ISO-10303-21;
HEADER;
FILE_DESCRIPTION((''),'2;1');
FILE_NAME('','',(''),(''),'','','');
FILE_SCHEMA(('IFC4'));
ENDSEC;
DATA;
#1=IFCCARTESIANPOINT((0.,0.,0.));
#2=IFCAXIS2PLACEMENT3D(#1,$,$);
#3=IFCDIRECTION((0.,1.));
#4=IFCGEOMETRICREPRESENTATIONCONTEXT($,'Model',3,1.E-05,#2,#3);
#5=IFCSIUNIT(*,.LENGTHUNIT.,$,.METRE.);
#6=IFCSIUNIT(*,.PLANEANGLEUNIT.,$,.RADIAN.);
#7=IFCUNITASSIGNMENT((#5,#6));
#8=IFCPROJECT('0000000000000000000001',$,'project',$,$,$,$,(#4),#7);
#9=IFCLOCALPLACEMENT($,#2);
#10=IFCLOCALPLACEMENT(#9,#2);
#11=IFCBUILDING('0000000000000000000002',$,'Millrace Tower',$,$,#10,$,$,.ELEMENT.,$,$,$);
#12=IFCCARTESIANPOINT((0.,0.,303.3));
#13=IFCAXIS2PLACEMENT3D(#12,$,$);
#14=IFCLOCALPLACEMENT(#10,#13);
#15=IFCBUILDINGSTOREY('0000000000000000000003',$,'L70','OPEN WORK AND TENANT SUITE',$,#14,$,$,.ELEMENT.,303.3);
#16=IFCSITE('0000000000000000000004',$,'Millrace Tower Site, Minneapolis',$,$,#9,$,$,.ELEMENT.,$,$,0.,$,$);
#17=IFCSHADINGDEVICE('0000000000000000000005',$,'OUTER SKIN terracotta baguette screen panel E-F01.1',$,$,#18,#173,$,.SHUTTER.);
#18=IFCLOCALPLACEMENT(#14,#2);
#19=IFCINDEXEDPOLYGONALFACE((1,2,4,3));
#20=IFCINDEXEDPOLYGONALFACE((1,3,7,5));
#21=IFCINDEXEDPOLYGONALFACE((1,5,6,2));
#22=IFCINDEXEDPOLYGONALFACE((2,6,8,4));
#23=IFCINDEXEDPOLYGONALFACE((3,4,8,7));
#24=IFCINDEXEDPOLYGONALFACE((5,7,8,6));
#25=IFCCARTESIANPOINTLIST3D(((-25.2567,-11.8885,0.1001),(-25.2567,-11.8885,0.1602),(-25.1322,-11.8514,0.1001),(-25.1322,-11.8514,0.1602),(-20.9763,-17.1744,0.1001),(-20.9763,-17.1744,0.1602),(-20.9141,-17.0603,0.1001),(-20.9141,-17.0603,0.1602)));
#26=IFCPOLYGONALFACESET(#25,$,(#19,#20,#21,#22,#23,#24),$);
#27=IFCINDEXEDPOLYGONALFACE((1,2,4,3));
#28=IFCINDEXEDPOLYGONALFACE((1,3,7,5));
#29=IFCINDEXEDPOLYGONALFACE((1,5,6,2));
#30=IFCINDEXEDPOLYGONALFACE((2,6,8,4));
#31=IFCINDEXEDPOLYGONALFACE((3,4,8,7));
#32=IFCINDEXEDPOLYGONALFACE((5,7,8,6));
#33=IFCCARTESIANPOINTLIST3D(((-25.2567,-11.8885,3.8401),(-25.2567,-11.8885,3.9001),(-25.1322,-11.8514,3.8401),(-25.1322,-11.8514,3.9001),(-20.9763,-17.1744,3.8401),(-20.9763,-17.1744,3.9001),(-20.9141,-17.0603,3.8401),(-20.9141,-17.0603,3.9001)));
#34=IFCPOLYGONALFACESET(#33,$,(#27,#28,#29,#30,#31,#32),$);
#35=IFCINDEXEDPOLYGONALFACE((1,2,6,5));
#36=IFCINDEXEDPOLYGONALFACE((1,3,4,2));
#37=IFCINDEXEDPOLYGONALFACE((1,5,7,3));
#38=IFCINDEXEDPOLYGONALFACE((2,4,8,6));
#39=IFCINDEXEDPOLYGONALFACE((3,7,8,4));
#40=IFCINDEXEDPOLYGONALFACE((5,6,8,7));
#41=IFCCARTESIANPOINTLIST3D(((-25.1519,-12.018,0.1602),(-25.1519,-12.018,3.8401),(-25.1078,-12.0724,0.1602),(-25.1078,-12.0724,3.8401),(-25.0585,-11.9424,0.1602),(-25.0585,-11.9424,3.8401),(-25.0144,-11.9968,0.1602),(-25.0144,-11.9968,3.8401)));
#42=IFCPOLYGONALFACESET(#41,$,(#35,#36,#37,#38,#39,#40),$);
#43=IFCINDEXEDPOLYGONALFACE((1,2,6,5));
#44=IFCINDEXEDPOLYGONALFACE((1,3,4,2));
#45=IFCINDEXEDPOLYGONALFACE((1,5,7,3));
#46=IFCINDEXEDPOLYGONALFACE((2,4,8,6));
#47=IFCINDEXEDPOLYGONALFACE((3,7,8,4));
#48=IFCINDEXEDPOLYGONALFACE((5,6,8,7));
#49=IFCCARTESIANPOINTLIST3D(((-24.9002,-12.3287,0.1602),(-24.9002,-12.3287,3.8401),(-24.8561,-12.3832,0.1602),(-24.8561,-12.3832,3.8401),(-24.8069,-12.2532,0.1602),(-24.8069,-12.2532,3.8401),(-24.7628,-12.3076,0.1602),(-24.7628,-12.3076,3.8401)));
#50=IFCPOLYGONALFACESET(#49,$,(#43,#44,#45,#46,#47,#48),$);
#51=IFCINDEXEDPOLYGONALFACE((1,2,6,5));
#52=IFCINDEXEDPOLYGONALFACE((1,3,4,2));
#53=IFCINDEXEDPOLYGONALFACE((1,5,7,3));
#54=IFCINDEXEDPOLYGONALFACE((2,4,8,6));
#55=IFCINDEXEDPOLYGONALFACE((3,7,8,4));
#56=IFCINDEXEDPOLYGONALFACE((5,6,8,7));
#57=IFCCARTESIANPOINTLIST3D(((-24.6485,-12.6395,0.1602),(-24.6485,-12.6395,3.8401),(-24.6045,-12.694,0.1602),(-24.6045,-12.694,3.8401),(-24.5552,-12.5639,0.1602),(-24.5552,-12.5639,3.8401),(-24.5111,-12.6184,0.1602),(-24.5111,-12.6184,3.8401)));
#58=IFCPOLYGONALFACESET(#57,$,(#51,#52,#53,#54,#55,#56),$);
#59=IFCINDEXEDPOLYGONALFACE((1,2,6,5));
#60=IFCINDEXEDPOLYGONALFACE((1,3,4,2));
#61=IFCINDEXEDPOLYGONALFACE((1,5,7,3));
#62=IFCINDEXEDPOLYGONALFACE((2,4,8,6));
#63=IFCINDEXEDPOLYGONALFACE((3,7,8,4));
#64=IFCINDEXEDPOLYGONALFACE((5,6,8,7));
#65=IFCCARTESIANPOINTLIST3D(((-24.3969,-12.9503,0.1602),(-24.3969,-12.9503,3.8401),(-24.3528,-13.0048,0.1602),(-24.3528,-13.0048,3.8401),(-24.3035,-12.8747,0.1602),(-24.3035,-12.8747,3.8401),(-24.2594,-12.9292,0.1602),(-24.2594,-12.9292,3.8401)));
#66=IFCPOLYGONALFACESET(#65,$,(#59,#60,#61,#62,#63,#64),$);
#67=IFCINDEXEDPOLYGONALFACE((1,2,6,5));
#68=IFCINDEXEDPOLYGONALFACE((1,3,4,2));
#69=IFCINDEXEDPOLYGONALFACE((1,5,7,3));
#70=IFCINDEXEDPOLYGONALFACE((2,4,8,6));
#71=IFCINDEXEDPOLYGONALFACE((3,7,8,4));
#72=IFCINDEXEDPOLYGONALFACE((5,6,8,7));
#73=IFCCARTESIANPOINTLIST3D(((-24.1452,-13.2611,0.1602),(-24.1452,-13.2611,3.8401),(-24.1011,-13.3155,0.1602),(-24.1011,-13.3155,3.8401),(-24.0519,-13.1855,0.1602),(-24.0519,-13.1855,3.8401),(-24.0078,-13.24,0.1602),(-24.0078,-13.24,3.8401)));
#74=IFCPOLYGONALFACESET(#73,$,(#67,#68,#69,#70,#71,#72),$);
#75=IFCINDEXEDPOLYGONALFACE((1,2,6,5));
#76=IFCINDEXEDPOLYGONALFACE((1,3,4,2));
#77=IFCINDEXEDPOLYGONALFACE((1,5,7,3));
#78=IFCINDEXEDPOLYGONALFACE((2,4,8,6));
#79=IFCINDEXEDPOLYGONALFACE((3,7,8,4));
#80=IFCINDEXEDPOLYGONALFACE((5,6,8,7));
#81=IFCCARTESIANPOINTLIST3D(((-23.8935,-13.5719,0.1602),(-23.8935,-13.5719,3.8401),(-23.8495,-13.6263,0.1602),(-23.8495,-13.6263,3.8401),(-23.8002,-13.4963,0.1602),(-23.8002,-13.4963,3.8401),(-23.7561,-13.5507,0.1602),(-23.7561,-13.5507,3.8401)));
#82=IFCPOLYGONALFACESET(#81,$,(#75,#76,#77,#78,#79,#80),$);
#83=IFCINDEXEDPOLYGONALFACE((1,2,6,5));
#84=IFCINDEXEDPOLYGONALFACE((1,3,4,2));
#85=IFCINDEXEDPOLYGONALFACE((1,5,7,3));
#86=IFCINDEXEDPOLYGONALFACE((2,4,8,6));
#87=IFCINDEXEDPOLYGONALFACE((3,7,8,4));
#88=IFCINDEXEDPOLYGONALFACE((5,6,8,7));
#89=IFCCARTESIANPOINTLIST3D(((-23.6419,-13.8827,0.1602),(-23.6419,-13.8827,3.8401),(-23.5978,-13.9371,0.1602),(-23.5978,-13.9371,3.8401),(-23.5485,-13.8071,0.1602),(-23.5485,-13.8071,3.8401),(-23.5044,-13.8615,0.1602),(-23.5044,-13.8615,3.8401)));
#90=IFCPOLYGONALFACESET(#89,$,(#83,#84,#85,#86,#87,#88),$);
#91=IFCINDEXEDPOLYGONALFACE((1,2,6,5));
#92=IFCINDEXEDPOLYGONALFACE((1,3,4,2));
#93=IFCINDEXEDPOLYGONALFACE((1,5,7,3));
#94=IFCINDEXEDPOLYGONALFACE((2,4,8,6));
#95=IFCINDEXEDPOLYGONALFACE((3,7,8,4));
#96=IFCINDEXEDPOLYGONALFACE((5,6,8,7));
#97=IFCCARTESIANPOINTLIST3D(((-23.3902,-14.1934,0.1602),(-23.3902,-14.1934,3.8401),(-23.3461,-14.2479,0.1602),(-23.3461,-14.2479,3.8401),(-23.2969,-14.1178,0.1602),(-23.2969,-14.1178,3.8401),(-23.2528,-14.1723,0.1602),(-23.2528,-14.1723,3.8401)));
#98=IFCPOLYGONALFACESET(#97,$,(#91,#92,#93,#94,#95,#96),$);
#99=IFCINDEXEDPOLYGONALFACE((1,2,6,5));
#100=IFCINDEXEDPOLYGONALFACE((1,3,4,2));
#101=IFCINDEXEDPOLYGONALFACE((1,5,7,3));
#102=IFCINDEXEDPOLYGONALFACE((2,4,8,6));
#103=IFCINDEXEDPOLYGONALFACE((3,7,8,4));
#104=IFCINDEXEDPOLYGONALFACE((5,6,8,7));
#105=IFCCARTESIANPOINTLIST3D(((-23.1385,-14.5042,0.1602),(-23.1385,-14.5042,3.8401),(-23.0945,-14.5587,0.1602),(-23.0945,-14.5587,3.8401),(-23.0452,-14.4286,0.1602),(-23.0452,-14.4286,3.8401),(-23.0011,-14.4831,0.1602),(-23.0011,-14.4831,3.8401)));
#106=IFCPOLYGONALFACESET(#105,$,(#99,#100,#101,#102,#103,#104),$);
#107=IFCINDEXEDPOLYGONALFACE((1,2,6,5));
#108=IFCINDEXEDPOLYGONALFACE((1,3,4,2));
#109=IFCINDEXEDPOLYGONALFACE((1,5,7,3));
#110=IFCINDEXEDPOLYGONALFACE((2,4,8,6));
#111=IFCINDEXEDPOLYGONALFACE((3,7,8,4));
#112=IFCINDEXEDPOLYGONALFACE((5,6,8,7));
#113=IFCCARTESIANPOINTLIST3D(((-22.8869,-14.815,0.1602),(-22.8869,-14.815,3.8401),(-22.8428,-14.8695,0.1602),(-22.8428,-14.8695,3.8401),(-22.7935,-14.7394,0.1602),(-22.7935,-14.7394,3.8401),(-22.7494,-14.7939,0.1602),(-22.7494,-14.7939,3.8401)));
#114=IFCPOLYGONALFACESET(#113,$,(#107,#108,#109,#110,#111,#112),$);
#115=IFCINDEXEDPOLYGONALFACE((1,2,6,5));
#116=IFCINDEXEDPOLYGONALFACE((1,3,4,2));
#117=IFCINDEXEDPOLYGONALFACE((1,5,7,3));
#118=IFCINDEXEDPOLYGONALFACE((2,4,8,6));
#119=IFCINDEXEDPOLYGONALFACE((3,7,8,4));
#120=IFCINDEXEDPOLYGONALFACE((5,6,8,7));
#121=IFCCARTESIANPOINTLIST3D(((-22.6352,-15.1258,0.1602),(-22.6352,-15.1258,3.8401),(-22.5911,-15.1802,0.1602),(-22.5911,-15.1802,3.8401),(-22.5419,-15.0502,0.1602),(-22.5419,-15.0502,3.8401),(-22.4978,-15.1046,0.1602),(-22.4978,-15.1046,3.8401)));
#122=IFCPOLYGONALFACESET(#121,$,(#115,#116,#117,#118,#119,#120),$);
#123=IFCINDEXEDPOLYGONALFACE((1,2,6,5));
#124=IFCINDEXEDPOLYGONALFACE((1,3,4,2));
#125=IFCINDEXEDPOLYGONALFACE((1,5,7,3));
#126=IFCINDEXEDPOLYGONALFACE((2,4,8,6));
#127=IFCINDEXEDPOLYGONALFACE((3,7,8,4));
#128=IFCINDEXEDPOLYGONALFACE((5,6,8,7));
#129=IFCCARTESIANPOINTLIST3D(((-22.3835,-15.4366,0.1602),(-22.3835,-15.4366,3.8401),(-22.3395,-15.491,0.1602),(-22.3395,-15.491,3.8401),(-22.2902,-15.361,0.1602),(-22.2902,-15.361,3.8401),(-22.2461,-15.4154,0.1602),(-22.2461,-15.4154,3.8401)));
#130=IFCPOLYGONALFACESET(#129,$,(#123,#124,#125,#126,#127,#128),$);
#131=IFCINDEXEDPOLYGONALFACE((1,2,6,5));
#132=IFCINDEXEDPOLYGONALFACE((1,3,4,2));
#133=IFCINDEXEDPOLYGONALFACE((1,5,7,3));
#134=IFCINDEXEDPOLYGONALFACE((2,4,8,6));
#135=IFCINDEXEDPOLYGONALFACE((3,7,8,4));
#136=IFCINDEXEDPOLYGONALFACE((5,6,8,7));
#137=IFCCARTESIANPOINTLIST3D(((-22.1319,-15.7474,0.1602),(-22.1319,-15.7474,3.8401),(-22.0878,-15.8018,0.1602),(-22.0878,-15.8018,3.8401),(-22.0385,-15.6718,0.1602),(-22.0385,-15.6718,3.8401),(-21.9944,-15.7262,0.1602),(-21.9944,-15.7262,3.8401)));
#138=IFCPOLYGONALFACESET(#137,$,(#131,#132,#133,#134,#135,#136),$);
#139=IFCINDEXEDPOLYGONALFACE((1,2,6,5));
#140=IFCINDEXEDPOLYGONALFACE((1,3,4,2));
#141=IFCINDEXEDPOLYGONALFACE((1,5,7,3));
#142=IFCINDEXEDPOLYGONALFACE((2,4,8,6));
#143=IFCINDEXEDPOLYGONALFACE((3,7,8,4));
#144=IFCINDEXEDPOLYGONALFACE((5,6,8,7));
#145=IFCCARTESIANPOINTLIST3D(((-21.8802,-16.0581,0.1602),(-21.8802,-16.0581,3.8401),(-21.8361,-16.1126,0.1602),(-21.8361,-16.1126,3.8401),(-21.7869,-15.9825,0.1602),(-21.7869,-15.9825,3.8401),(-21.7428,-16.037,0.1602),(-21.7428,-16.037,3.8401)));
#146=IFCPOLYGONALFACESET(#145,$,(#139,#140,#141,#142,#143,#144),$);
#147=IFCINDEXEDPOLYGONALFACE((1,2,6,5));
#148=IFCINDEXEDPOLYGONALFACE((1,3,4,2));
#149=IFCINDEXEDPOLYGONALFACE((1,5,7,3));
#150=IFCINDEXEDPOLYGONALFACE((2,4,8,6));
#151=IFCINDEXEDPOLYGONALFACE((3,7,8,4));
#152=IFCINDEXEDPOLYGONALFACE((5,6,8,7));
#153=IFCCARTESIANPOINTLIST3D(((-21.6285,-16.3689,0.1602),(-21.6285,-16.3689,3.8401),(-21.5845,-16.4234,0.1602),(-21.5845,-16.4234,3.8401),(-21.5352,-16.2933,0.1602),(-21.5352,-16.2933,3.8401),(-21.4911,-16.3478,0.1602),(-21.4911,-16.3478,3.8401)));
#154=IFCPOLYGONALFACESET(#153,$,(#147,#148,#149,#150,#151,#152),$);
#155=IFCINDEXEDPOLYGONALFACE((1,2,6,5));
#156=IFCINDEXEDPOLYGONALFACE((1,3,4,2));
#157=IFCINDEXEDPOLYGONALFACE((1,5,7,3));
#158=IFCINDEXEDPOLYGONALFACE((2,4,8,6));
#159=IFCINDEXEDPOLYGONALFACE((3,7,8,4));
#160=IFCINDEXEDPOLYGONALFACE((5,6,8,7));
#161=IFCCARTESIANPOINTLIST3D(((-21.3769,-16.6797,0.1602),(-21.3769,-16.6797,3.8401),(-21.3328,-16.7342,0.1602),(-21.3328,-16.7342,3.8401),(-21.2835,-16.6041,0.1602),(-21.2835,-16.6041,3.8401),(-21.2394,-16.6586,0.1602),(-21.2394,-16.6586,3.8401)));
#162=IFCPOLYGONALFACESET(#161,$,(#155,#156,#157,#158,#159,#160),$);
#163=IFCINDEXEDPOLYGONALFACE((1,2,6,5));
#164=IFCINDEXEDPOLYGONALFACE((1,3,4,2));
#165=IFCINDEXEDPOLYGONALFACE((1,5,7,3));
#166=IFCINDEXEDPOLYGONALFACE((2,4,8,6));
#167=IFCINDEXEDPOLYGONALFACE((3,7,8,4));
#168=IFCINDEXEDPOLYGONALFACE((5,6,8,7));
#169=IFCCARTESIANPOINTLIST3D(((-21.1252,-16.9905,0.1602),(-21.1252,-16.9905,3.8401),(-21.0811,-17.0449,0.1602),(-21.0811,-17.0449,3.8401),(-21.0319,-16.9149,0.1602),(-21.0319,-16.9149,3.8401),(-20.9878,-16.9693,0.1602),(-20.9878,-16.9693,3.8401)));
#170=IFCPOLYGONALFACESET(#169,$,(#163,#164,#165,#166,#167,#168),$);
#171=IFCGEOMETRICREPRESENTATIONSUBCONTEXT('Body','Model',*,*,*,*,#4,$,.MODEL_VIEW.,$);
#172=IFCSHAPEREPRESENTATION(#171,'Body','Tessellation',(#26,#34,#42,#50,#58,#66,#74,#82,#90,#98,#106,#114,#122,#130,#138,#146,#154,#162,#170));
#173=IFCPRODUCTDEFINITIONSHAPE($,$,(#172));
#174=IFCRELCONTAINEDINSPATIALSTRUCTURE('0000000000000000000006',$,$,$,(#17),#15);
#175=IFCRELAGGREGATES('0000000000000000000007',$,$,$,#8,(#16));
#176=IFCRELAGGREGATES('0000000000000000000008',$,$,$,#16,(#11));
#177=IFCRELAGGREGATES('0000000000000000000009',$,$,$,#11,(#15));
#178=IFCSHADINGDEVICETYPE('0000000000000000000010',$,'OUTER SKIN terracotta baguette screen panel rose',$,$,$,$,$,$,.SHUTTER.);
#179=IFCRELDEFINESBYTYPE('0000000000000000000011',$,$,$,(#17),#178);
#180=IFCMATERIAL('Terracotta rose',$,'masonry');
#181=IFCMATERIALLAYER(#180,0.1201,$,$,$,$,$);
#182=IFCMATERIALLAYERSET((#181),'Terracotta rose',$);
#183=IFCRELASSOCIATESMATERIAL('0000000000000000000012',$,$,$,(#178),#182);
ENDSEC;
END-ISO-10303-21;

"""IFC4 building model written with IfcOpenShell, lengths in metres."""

from ifc_helpers import new_model, entity, si_unit, direction, frame, frame_2d, origin, origin_2d, place, context, subcontext, project, spatial, rectangle, extrude, source, transform, mapped, material, layer, layer_set, type_object, element, save


model = new_model("IFC4")

# Units and contexts
model_context = context("Model", 3, precision=1e-05, world=origin(), true_north=direction((0.0, 1.0)))
body_context = subcontext(model_context, "Body", "Model", "MODEL_VIEW")
ifc_project = project(units=[si_unit("LENGTHUNIT", "METRE"), si_unit("PLANEANGLEUNIT", "RADIAN")], contexts=[model_context])

# Site, building, storey
site_placement = place(None, origin())
site = spatial("IfcSite", under=ifc_project, at=site_placement, Name="Millrace Tower Site, Minneapolis", CompositionType="ELEMENT", RefElevation=0.0)
building_placement = place(site_placement, origin())
building = spatial("IfcBuilding", under=site, at=building_placement, Name="Millrace Tower", CompositionType="ELEMENT")
storey_placement = place(building_placement, frame((0.0, 0.0, 303.3)))
storey = spatial("IfcBuildingStorey", under=building, at=storey_placement, Name="L70", Description="OPEN WORK AND TENANT SUITE", CompositionType="ELEMENT", Elevation=303.3)

# Shading device
ifc_material_1 = material(Name="Terracotta rose", Category="masonry")
ifc_layer_1 = layer(ifc_material_1, 0.1201)
ifc_layer_set_1 = layer_set([ifc_layer_1], Name="Terracotta rose")
shading_device_type = type_object("IfcShadingDeviceType", Name="OUTER SKIN terracotta baguette screen panel rose", PredefinedType="SHUTTER", material=ifc_layer_set_1)
cartesian_point_1 = entity("IfcCartesianPoint", [-3.3513, 0.0601])
shared_polyline_1 = entity("IfcPolyline", [cartesian_point_1, entity("IfcCartesianPoint", [3.3513, 0.0601]), entity("IfcCartesianPoint", [3.4009, -0.0601]), entity("IfcCartesianPoint", [-3.4009, -0.0601]), cartesian_point_1])
shared_shape_1 = source(origin(), body_context, "Body", "SweptSolid", [
    entity("IfcExtrudedAreaSolid", entity("IfcArbitraryClosedProfileDef", "AREA", None, shared_polyline_1), entity("IfcAxis2Placement3D", entity("IfcCartesianPoint", [0.0, 0.0, 0.0])), entity("IfcDirection", [0.0, 0.0, 1.0]), 0.0601),
    entity("IfcExtrudedAreaSolid", entity("IfcArbitraryClosedProfileDef", "AREA", None, shared_polyline_1), entity("IfcAxis2Placement3D", entity("IfcCartesianPoint", [0.0, 0.0, 3.74])), entity("IfcDirection", [0.0, 0.0, 1.0]), 0.0601),
    extrude(rectangle(XDim=0.0701, YDim=0.1201, at=frame_2d((-3.1992, 0.0))), frame((0.0, 0.0, 0.0601)), (0.0, 0.0, 1.0), 3.6799),
    extrude(rectangle(XDim=0.0701, YDim=0.1201, at=frame_2d((-2.7993, 0.0))), frame((0.0, 0.0, 0.0601)), (0.0, 0.0, 1.0), 3.6799),
    extrude(rectangle(XDim=0.0701, YDim=0.1201, at=frame_2d((-2.3994, 0.0))), frame((0.0, 0.0, 0.0601)), (0.0, 0.0, 1.0), 3.6799),
    extrude(rectangle(XDim=0.0701, YDim=0.1201, at=frame_2d((-1.9995, 0.0))), frame((0.0, 0.0, 0.0601)), (0.0, 0.0, 1.0), 3.6799),
    extrude(rectangle(XDim=0.0701, YDim=0.1201, at=frame_2d((-1.5996, 0.0))), frame((0.0, 0.0, 0.0601)), (0.0, 0.0, 1.0), 3.6799),
    extrude(rectangle(XDim=0.0701, YDim=0.1201, at=frame_2d((-1.1997, 0.0))), frame((0.0, 0.0, 0.0601)), (0.0, 0.0, 1.0), 3.6799),
    extrude(rectangle(XDim=0.0701, YDim=0.1201, at=frame_2d((-0.7998, 0.0))), frame((0.0, 0.0, 0.0601)), (0.0, 0.0, 1.0), 3.6799),
    extrude(rectangle(XDim=0.0701, YDim=0.1201, at=frame_2d((-0.3999, 0.0))), frame((0.0, 0.0, 0.0601)), (0.0, 0.0, 1.0), 3.6799),
    extrude(rectangle(XDim=0.0701, YDim=0.1201, at=origin_2d()), frame((0.0, 0.0, 0.0601)), (0.0, 0.0, 1.0), 3.6799),
    extrude(rectangle(XDim=0.0701, YDim=0.1201, at=frame_2d((0.3999, 0.0))), frame((0.0, 0.0, 0.0601)), (0.0, 0.0, 1.0), 3.6799),
    extrude(rectangle(XDim=0.0701, YDim=0.1201, at=frame_2d((0.7998, 0.0))), frame((0.0, 0.0, 0.0601)), (0.0, 0.0, 1.0), 3.6799),
    extrude(rectangle(XDim=0.0701, YDim=0.1201, at=frame_2d((1.1997, 0.0))), frame((0.0, 0.0, 0.0601)), (0.0, 0.0, 1.0), 3.6799),
    extrude(rectangle(XDim=0.0701, YDim=0.1201, at=frame_2d((1.5996, 0.0))), frame((0.0, 0.0, 0.0601)), (0.0, 0.0, 1.0), 3.6799),
    extrude(rectangle(XDim=0.0701, YDim=0.1201, at=frame_2d((1.9995, 0.0))), frame((0.0, 0.0, 0.0601)), (0.0, 0.0, 1.0), 3.6799),
    extrude(rectangle(XDim=0.0701, YDim=0.1201, at=frame_2d((2.3994, 0.0))), frame((0.0, 0.0, 0.0601)), (0.0, 0.0, 1.0), 3.6799),
    extrude(rectangle(XDim=0.0701, YDim=0.1201, at=frame_2d((2.7993, 0.0))), frame((0.0, 0.0, 0.0601)), (0.0, 0.0, 1.0), 3.6799),
    extrude(rectangle(XDim=0.0701, YDim=0.1201, at=frame_2d((3.1992, 0.0))), frame((0.0, 0.0, 0.0601)), (0.0, 0.0, 1.0), 3.6799),
])
shading_device_1_placement = place(storey_placement, frame((-23.0698, -14.4937, 0.1001), z_axis=(0.0, 0.0, 1.0), x_axis=(0.62932, -0.777146, 0.0)))
element("IfcShadingDevice", 1, at=shading_device_1_placement, inside=storey, type_object=shading_device_type, Name="OUTER SKIN terracotta baguette screen panel E-F01.1", PredefinedType="SHUTTER", context=body_context, shape_type="MappedRepresentation", body=[
    mapped(shared_shape_1, transform((0.0, 0.0, 0.0), scale=1.0)),
])

save(model, "model.ifc")
